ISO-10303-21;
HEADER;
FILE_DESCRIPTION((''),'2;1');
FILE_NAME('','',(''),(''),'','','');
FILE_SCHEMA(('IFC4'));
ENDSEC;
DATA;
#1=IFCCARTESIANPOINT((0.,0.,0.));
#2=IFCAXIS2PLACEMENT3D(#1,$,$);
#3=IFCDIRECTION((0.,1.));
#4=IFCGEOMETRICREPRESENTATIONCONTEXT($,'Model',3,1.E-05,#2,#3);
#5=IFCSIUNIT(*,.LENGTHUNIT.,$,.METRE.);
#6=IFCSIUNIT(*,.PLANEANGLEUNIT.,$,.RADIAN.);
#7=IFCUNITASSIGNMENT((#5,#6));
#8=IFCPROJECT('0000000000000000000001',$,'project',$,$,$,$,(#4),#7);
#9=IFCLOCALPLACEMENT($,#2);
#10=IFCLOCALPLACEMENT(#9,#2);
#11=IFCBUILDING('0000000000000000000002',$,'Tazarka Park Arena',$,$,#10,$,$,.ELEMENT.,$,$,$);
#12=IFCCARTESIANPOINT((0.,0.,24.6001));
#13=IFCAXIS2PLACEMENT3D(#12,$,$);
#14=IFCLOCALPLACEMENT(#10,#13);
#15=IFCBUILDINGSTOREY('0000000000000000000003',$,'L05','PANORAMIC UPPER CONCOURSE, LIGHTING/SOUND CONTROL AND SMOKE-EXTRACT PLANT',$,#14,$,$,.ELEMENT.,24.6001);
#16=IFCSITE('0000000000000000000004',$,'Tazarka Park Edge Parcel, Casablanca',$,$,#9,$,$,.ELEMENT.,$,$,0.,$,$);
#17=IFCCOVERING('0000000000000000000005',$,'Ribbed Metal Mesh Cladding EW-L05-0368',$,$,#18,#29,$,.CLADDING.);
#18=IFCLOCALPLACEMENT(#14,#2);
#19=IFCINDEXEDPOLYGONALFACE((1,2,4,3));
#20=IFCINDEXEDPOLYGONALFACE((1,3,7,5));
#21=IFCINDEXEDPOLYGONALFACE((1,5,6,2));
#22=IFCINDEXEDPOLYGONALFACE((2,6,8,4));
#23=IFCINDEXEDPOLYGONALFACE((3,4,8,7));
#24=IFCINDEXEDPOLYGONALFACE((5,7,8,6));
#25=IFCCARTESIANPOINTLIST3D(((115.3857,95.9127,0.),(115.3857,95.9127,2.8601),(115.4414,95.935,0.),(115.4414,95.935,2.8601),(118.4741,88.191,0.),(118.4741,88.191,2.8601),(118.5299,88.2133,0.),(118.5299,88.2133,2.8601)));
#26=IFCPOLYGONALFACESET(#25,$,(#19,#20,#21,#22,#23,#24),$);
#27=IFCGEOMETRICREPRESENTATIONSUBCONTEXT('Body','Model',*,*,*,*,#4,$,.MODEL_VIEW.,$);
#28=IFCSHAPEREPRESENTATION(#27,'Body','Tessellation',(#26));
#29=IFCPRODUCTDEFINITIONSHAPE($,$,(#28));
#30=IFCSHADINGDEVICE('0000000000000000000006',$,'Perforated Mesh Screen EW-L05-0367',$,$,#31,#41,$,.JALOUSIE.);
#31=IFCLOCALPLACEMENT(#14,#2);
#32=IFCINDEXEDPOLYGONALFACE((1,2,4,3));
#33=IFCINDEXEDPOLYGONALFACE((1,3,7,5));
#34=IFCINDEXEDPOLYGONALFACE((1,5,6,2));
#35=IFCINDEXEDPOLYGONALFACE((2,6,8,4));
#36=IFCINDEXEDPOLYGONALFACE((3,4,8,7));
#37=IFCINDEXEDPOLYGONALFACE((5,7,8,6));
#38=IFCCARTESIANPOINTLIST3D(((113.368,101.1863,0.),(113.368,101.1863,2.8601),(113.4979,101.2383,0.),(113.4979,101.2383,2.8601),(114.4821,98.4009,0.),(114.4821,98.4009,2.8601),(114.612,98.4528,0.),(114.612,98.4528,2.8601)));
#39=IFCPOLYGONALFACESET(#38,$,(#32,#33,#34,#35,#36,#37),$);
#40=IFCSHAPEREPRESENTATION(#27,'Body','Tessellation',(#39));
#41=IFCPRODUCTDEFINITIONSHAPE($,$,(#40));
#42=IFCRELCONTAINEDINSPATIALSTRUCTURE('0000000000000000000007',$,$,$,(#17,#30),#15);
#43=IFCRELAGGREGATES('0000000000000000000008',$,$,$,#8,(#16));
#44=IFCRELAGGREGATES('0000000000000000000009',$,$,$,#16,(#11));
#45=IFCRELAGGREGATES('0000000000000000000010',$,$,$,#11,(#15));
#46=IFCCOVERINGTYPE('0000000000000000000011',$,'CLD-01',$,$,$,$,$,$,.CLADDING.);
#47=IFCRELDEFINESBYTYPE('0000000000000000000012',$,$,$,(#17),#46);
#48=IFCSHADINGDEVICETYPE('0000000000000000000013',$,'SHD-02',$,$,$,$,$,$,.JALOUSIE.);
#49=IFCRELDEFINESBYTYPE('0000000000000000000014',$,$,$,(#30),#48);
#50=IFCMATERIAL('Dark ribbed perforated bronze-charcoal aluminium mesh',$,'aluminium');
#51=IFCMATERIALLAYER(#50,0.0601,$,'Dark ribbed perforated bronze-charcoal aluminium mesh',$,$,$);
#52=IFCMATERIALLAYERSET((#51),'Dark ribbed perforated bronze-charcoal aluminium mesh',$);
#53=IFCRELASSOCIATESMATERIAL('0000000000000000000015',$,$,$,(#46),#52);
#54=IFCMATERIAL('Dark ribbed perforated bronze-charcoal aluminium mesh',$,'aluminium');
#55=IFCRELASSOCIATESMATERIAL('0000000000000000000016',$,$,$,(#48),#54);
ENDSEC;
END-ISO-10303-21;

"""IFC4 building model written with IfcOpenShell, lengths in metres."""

from ifc_helpers import new_model, si_unit, direction, frame, origin, origin_2d, place, context, subcontext, project, spatial, rectangle, extrude, material, layer, layer_set, type_object, element, save


model = new_model("IFC4")

# Units and contexts
model_context = context("Model", 3, precision=1e-05, world=origin(), true_north=direction((0.0, 1.0)))
body_context = subcontext(model_context, "Body", "Model", "MODEL_VIEW")
ifc_project = project(units=[si_unit("LENGTHUNIT", "METRE"), si_unit("PLANEANGLEUNIT", "RADIAN")], contexts=[model_context])

# Site, building, storey
site_placement = place(None, origin())
site = spatial("IfcSite", under=ifc_project, at=site_placement, Name="Tazarka Park Edge Parcel, Casablanca", CompositionType="ELEMENT", RefElevation=0.0)
building_placement = place(site_placement, origin())
building = spatial("IfcBuilding", under=site, at=building_placement, Name="Tazarka Park Arena", CompositionType="ELEMENT")
storey_placement = place(building_placement, frame((0.0, 0.0, 24.6001)))
storey = spatial("IfcBuildingStorey", under=building, at=storey_placement, Name="L05", Description="PANORAMIC UPPER CONCOURSE, LIGHTING/SOUND CONTROL AND SMOKE-EXTRACT PLANT", CompositionType="ELEMENT", Elevation=24.6001)

# Covering
ifc_material_1 = material(Name="Dark ribbed perforated bronze-charcoal aluminium mesh", Category="aluminium")
ifc_layer_1 = layer(ifc_material_1, 0.0601, Name="Dark ribbed perforated bronze-charcoal aluminium mesh")
ifc_layer_set_1 = layer_set([ifc_layer_1], Name="Dark ribbed perforated bronze-charcoal aluminium mesh")
covering_type = type_object("IfcCoveringType", Name="CLD-01", PredefinedType="CLADDING", material=ifc_layer_set_1)
covering_1_placement = place(storey_placement, frame((116.9578, 92.063, 0.0), z_axis=(0.0, 0.0, 1.0), x_axis=(0.371368, -0.928486, 0.0)))
element("IfcCovering", 1, at=covering_1_placement, inside=storey, type_object=covering_type, Name="Ribbed Metal Mesh Cladding EW-L05-0368", PredefinedType="CLADDING", context=body_context, shape_type="SweptSolid", body=[
    extrude(rectangle(XDim=8.3164, YDim=0.0601, at=origin_2d()), origin(), (0.0, 0.0, 1.0), 2.8601),
])

# Shading device
ifc_material_2 = material(Name="Dark ribbed perforated bronze-charcoal aluminium mesh", Category="aluminium")
shading_device_type = type_object("IfcShadingDeviceType", Name="SHD-02", PredefinedType="JALOUSIE", material=ifc_material_2)
shading_device_placement = place(storey_placement, frame((113.99, 99.8196, 0.0), z_axis=(0.0, 0.0, 1.0), x_axis=(0.371368, -0.928486, 0.0)))
element("IfcShadingDevice", 2, at=shading_device_placement, inside=storey, type_object=shading_device_type, Name="Perforated Mesh Screen EW-L05-0367", PredefinedType="JALOUSIE", context=body_context, shape_type="SweptSolid", body=[
    extrude(rectangle(XDim=3.0, YDim=0.1399, at=origin_2d()), origin(), (0.0, 0.0, 1.0), 2.8601),
])

save(model, "model.ifc")
